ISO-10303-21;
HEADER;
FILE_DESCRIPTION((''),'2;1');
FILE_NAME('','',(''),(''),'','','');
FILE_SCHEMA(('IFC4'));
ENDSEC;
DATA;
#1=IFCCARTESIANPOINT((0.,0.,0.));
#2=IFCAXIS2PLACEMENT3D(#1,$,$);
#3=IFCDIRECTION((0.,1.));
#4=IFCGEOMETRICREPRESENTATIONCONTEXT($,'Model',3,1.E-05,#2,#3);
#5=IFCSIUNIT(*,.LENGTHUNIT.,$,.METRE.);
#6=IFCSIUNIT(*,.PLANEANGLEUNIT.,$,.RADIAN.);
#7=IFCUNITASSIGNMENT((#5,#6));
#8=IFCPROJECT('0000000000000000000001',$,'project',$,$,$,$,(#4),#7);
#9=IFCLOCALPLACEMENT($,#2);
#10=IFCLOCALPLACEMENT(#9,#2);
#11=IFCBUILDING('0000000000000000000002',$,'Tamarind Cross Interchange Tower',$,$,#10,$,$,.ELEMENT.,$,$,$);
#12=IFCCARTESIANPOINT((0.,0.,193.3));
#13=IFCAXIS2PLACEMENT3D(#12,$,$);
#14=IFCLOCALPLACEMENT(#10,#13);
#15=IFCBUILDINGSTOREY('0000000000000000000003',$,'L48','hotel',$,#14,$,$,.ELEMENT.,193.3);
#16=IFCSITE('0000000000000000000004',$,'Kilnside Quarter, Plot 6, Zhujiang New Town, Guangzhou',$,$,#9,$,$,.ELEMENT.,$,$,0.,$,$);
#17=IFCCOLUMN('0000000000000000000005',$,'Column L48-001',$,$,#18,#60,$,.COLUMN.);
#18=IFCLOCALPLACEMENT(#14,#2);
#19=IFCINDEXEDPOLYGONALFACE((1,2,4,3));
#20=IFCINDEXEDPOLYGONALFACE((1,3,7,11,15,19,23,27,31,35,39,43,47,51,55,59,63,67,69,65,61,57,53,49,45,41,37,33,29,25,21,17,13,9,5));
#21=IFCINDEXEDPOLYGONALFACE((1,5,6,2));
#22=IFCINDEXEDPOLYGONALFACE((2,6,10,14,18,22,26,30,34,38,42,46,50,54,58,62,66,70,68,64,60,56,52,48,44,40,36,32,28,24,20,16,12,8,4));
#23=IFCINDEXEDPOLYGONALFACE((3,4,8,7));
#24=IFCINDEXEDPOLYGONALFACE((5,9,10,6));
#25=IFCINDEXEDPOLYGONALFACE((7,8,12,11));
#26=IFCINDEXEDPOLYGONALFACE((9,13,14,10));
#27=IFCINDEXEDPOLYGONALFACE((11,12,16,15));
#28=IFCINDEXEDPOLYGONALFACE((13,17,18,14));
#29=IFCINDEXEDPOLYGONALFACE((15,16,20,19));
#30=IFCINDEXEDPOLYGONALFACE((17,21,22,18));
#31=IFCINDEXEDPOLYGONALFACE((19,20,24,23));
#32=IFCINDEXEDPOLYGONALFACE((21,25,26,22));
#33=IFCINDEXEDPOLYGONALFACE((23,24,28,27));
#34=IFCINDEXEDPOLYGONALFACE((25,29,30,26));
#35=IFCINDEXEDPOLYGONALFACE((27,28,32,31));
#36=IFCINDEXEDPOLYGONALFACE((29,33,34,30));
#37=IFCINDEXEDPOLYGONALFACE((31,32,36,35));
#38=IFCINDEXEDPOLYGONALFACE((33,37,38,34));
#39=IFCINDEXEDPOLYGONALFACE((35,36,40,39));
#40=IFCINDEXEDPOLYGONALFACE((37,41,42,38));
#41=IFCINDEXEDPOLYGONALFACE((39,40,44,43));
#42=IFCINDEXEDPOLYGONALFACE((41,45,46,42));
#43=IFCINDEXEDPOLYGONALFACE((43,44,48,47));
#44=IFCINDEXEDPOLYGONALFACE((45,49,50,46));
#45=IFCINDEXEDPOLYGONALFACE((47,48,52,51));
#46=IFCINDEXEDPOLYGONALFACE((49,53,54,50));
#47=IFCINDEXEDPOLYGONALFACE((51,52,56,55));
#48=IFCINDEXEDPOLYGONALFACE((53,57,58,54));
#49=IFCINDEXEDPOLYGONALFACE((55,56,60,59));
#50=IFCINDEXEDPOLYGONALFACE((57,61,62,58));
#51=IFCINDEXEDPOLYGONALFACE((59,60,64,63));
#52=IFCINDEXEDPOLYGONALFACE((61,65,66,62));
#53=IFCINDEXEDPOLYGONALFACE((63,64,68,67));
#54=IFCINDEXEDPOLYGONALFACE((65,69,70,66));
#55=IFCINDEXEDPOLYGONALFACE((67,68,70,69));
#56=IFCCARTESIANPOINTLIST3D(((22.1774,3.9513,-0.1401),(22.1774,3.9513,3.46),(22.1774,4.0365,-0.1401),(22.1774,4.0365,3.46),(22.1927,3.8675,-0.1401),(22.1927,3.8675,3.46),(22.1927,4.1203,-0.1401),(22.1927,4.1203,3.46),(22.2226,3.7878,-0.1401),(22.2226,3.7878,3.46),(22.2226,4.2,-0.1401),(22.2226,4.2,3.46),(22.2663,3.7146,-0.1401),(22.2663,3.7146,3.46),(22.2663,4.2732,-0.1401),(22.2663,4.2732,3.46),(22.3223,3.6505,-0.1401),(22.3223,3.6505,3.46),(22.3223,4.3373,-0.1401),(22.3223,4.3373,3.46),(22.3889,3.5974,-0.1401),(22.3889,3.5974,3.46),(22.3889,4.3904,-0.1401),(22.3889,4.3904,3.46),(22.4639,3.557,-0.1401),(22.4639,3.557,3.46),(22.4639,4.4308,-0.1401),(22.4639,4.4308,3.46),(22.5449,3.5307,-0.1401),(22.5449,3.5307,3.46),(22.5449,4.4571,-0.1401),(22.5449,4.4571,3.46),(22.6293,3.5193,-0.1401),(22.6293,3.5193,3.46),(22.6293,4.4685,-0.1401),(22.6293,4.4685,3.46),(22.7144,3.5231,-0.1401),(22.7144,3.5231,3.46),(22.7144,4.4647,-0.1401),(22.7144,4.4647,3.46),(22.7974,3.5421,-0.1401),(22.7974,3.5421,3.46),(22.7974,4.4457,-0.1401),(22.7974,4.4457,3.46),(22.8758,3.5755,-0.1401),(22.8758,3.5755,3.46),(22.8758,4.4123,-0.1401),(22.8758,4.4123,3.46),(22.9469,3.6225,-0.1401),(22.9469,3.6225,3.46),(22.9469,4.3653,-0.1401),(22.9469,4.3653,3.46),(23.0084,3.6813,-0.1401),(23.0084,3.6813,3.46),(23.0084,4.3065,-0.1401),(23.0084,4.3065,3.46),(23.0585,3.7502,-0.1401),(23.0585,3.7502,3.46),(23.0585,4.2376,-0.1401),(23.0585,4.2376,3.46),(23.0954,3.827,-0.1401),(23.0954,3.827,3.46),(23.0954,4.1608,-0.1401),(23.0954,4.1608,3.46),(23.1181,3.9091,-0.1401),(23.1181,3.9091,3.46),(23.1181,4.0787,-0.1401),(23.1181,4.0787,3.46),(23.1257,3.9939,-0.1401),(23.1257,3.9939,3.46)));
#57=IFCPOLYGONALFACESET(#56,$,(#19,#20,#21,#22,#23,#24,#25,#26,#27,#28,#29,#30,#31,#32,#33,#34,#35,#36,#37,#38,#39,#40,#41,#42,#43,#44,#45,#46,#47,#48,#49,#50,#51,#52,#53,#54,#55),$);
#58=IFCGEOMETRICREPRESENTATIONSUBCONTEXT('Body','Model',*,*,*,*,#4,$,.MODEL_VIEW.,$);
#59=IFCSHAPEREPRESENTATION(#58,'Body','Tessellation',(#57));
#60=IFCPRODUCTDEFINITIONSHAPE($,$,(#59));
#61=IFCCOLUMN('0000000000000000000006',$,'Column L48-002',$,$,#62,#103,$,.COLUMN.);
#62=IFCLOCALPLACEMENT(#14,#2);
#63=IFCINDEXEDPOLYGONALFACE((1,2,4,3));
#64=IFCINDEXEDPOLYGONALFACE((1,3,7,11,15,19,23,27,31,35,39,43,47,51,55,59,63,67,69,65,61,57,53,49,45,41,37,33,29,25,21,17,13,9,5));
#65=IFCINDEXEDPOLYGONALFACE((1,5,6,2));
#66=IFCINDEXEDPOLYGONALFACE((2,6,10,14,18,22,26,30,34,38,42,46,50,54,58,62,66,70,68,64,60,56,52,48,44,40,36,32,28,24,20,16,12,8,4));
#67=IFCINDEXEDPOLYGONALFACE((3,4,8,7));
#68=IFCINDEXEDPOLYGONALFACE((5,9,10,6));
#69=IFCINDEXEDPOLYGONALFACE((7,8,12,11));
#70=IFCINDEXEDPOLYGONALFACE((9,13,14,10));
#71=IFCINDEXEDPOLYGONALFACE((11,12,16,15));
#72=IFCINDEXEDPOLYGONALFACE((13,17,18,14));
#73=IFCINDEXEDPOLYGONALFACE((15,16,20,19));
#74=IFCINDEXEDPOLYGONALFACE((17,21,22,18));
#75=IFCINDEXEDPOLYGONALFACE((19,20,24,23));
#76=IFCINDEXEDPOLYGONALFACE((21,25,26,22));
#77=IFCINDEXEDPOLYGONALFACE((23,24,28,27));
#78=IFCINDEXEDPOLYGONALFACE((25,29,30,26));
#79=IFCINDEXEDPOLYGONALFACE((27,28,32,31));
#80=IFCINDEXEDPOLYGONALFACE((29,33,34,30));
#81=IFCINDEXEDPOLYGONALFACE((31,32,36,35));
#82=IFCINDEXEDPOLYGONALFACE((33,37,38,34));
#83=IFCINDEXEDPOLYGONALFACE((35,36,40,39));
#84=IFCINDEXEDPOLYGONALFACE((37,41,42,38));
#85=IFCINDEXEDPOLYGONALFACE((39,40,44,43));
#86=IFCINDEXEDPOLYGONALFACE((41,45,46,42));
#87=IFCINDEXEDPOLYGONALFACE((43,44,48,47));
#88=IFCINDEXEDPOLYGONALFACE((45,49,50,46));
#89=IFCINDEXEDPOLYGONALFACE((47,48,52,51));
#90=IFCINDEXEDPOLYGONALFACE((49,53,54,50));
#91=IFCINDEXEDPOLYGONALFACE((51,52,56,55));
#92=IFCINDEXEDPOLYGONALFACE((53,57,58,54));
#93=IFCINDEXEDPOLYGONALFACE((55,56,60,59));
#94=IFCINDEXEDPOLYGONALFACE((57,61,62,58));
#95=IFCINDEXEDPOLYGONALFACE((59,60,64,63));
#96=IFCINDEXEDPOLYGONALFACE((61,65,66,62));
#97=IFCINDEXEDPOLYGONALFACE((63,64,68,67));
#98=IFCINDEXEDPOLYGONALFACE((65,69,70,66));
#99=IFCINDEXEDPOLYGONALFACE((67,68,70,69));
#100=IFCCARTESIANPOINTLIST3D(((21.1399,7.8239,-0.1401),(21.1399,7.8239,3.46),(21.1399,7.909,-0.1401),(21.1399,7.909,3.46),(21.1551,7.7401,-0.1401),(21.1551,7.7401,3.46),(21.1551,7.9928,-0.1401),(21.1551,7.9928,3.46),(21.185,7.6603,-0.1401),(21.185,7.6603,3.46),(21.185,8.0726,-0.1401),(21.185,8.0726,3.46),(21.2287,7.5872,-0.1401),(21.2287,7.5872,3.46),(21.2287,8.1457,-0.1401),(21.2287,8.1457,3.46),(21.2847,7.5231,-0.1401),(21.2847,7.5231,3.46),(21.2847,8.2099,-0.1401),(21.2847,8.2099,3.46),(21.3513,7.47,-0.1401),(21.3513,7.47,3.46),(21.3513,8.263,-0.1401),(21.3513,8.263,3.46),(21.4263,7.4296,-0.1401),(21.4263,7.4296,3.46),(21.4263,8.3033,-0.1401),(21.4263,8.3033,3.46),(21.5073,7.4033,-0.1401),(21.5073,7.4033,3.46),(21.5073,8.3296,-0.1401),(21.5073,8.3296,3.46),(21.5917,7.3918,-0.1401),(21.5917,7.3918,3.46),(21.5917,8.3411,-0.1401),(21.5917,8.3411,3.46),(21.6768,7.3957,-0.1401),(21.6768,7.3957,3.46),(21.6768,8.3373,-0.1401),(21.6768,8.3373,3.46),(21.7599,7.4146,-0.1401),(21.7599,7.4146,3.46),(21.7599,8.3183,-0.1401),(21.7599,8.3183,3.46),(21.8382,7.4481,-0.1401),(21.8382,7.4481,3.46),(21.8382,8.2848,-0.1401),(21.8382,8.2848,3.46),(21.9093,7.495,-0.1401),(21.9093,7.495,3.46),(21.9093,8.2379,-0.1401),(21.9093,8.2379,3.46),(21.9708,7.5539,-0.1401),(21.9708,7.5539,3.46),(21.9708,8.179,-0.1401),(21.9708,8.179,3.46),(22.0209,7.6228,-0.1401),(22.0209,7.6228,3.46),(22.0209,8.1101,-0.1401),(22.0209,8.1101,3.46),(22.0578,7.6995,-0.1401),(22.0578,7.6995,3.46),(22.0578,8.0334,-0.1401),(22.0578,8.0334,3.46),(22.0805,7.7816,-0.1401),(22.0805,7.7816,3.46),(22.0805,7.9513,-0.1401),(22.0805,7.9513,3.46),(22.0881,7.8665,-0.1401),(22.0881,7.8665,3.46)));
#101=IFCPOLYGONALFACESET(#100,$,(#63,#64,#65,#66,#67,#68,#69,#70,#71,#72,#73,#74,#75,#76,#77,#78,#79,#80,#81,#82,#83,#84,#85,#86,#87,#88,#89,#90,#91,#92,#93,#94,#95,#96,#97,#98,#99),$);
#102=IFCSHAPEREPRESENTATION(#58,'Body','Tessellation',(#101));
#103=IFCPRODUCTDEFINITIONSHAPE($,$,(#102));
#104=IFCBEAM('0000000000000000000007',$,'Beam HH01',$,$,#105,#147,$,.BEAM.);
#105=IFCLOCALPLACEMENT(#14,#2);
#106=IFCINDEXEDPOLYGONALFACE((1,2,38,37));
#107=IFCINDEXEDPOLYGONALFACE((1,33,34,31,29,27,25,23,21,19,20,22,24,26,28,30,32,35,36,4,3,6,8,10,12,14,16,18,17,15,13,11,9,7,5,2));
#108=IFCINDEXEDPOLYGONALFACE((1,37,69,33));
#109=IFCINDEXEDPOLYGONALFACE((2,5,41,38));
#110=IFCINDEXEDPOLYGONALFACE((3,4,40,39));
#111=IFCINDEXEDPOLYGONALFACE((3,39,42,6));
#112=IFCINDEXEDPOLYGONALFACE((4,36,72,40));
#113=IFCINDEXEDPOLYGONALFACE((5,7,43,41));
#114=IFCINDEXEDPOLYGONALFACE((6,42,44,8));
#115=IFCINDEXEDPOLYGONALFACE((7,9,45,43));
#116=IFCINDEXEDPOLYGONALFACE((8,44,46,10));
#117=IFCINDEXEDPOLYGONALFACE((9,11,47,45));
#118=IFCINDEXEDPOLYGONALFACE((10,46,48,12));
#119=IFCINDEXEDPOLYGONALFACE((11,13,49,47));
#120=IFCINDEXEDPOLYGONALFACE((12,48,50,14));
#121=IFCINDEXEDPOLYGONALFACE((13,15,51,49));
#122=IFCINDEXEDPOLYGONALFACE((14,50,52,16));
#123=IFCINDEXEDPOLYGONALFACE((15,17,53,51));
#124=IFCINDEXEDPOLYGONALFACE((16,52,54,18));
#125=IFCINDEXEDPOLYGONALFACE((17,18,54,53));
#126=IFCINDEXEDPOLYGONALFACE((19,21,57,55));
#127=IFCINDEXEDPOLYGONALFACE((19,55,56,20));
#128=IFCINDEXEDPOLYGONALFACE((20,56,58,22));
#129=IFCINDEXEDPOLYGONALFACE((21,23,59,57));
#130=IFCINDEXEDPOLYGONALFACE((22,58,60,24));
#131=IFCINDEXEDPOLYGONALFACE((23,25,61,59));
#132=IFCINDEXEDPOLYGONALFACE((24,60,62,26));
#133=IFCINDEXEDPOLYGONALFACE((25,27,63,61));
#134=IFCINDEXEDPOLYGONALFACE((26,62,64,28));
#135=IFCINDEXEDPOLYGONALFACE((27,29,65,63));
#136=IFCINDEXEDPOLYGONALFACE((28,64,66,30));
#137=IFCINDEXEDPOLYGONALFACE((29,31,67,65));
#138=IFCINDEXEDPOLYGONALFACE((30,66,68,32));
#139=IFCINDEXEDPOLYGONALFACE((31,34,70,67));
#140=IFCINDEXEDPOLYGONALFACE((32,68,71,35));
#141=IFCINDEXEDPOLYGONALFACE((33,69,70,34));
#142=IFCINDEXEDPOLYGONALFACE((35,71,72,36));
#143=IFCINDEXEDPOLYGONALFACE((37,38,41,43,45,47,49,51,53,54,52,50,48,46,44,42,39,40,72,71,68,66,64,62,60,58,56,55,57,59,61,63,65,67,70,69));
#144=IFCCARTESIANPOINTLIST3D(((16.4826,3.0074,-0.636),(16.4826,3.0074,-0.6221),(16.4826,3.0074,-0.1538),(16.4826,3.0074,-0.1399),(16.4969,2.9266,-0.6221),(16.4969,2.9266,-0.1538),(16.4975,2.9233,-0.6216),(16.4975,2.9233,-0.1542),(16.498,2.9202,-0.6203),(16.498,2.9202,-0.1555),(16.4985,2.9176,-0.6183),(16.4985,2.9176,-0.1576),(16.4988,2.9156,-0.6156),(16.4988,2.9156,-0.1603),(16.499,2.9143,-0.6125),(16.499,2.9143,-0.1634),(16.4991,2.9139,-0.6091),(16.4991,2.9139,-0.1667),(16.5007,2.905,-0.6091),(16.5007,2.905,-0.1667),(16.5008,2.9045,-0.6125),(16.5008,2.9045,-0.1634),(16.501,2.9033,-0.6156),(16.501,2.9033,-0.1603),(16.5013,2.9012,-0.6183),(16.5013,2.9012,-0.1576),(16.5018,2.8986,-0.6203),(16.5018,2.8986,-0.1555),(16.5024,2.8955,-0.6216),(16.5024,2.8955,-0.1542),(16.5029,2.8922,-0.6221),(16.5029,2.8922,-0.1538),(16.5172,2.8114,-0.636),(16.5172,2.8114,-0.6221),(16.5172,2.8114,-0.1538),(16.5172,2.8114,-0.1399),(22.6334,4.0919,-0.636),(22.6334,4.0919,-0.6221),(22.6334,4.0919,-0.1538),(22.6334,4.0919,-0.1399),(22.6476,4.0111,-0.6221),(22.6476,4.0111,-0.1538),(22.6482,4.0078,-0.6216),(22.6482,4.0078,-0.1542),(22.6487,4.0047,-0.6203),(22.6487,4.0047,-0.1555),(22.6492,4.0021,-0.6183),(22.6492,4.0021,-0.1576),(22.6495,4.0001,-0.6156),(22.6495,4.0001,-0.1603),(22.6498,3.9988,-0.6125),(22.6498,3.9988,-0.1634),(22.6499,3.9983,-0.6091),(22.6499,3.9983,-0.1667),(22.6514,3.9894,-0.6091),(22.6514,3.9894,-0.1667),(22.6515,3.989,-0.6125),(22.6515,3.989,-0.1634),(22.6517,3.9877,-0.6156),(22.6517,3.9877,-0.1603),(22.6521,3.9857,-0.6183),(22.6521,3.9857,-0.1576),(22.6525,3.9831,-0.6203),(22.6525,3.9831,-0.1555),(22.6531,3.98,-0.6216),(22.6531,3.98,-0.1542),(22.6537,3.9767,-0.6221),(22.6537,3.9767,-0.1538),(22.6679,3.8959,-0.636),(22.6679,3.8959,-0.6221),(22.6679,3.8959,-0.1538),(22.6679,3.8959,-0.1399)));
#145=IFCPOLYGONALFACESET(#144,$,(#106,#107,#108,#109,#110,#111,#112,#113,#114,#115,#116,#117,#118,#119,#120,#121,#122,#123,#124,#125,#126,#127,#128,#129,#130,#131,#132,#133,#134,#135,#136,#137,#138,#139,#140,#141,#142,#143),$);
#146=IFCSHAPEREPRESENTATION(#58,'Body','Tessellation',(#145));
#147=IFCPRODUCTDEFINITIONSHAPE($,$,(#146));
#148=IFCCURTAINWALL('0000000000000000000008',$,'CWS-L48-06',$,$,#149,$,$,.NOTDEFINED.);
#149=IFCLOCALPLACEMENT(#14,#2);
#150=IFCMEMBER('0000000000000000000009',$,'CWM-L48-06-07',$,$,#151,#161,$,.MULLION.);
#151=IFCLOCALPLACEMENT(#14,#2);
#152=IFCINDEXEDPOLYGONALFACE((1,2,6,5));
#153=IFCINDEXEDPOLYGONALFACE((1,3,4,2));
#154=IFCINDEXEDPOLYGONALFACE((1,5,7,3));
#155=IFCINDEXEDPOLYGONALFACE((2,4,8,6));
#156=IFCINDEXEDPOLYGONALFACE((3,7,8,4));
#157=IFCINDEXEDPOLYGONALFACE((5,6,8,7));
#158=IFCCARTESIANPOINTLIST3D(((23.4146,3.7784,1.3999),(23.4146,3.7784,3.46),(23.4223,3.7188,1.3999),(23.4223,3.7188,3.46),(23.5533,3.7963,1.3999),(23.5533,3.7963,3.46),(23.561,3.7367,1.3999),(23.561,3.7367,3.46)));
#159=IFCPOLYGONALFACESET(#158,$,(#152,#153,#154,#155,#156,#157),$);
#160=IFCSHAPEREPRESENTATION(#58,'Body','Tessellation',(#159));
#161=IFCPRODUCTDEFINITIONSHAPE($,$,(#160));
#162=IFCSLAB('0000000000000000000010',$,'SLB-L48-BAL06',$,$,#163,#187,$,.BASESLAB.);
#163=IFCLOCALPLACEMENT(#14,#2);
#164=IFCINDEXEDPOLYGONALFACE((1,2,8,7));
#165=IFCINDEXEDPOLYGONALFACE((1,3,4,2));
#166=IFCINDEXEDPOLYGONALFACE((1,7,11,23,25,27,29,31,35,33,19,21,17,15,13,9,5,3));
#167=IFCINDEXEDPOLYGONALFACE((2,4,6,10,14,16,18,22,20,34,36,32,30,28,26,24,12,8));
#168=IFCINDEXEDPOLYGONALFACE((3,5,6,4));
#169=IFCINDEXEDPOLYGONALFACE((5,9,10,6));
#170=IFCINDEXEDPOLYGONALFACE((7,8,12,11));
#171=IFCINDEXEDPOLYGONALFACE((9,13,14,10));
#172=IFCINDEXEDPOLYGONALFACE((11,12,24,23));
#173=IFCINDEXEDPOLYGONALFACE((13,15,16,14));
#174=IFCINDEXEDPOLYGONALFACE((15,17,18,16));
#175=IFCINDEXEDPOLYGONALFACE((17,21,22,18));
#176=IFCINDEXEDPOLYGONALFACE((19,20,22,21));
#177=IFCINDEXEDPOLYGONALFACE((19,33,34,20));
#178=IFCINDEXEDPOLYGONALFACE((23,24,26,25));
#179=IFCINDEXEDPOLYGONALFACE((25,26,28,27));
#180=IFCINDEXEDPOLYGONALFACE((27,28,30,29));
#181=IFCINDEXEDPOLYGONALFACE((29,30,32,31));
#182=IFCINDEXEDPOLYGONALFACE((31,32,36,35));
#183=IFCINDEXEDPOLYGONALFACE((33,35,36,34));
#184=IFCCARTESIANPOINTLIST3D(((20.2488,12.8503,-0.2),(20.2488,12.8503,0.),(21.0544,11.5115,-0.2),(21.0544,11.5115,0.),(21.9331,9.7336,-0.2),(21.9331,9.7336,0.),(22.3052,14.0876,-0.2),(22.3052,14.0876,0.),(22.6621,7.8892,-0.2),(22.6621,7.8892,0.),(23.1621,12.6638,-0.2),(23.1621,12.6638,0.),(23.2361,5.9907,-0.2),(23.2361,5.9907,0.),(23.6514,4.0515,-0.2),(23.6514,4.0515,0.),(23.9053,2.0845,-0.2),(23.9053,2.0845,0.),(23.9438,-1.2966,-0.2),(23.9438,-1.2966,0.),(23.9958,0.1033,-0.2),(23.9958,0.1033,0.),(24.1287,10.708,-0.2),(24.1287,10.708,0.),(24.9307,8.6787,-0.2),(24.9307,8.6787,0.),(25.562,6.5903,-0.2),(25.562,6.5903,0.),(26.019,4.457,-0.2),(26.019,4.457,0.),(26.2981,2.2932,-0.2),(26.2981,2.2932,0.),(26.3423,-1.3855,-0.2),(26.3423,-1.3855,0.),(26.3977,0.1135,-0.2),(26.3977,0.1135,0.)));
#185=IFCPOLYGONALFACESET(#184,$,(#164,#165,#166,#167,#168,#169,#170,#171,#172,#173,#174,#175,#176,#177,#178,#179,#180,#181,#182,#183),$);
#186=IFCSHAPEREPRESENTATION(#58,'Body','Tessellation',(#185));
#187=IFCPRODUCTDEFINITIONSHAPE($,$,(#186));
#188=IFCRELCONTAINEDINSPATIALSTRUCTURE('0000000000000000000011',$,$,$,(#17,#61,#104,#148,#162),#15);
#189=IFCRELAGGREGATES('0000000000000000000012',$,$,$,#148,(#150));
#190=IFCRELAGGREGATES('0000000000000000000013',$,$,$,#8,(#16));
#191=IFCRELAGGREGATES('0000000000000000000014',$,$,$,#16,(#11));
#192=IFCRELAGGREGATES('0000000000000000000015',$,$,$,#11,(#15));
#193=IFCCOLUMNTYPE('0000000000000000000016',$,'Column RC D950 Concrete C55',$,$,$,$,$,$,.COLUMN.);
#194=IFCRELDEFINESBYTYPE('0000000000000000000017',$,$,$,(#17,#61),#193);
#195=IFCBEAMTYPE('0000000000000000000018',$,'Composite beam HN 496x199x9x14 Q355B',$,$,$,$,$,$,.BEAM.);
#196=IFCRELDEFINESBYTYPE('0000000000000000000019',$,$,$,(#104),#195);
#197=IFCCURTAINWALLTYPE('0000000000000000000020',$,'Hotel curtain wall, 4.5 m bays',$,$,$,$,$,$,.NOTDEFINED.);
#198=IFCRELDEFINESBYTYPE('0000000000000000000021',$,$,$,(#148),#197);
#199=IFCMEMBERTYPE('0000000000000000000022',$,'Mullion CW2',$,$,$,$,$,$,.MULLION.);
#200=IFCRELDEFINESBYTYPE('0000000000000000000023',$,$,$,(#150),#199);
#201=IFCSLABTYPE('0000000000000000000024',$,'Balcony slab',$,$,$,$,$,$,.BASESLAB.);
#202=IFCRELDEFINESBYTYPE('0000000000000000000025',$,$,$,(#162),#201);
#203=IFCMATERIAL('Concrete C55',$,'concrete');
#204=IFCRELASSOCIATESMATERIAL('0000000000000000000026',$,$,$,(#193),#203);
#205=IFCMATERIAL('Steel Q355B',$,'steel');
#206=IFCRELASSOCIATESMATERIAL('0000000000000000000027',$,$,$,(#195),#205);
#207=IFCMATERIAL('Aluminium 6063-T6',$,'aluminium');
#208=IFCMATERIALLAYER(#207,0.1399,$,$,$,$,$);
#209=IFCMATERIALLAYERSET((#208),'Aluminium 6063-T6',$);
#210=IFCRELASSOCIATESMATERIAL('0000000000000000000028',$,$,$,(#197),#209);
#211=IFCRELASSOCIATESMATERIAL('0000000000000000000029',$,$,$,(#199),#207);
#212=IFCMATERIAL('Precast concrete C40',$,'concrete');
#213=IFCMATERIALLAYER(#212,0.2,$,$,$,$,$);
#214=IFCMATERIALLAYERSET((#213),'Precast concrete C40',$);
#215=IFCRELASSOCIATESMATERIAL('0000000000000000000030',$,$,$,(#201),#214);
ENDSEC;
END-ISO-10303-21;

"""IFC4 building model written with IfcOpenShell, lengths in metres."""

from ifc_helpers import new_model, si_unit, direction, frame, origin, origin_2d, place, context, subcontext, project, spatial, polyline, rectangle, circle, i_section, outline, extrude, material, layer, layer_set, material_profile, profile_set, type_object, element, aggregate, save


model = new_model("IFC4")

# Units and contexts
model_context = context("Model", 3, precision=1e-05, world=origin(), true_north=direction((0.0, 1.0)))
body_context = subcontext(model_context, "Body", "Model", "MODEL_VIEW")
ifc_project = project(units=[si_unit("LENGTHUNIT", "METRE"), si_unit("PLANEANGLEUNIT", "RADIAN")], contexts=[model_context])

# Site, building, storey
site_placement = place(None, origin())
site = spatial("IfcSite", under=ifc_project, at=site_placement, Name="Kilnside Quarter, Plot 6, Zhujiang New Town, Guangzhou", CompositionType="ELEMENT", RefElevation=0.0)
building_placement = place(site_placement, origin())
building = spatial("IfcBuilding", under=site, at=building_placement, Name="Tamarind Cross Interchange Tower", CompositionType="ELEMENT")
storey_placement = place(building_placement, frame((0.0, 0.0, 193.3)))
storey = spatial("IfcBuildingStorey", under=building, at=storey_placement, Name="L48", Description="hotel", CompositionType="ELEMENT", Elevation=193.3)

# Columns
ifc_material_1 = material(Name="Concrete C55", Category="concrete")
ifc_material_profile_1 = material_profile(ifc_material_1, circle(Radius=0.4751, at=origin_2d()), Name="RC D950")
ifc_profile_set_1 = profile_set([ifc_material_profile_1], Name="Concrete C55")
column_type = type_object("IfcColumnType", Name="Column RC D950 Concrete C55", PredefinedType="COLUMN", material=ifc_profile_set_1)
for number, where, z_axis, x_axis, name in (
    (1, (22.6506, 3.9939, -0.1401), (0.0, 0.0, 1.0), (1.0, 0.0, 0.0), "Column L48-001"),
    (2, (21.613, 7.8665, -0.1401), (0.0, 0.0, 1.0), (1.0, 0.0, 0.0), "Column L48-002"),
):
    element("IfcColumn", number, at=place(storey_placement, frame(where, z_axis=z_axis, x_axis=x_axis)), inside=storey, type_object=column_type, Name=name, PredefinedType="COLUMN", context=body_context, shape_type="SweptSolid", body=[
        extrude(circle(Radius=0.4751, at=origin_2d()), origin(), (0.0, 0.0, 1.0), 3.6001),
    ])

# Beam
ifc_material_2 = material(Name="Steel Q355B", Category="steel")
ifc_material_profile_2 = material_profile(ifc_material_2, i_section(OverallWidth=0.199, OverallDepth=0.4961, WebThickness=0.009, FlangeThickness=0.0139, FilletRadius=0.0129, at=origin_2d()), Name="HN 496x199x9x14")
ifc_profile_set_2 = profile_set([ifc_material_profile_2], Name="Steel Q355B")
beam_type = type_object("IfcBeamType", Name="Composite beam HN 496x199x9x14 Q355B", PredefinedType="BEAM", material=ifc_profile_set_2)
beam_placement = place(storey_placement, frame((22.6506, 3.9939, -0.3879), z_axis=(-0.984809, -0.17364, 0.0), x_axis=(0.17364, -0.984809, 0.0)))
element("IfcBeam", 3, at=beam_placement, inside=storey, type_object=beam_type, Name="Beam HH01", PredefinedType="BEAM", context=body_context, shape_type="SweptSolid", body=[
    extrude(i_section(OverallWidth=0.199, OverallDepth=0.4961, WebThickness=0.009, FlangeThickness=0.0139, FilletRadius=0.0129, at=origin_2d()), origin(), (0.0, 0.0, 1.0), 6.2456),
])

# Curtain wall, member
ifc_material_3 = material(Name="Aluminium 6063-T6", Category="aluminium")
ifc_layer_1 = layer(ifc_material_3, 0.1399)
ifc_layer_set_1 = layer_set([ifc_layer_1], Name="Aluminium 6063-T6")
curtain_wall_type = type_object("IfcCurtainWallType", Name="Hotel curtain wall, 4.5 m bays", PredefinedType="NOTDEFINED", material=ifc_layer_set_1)
curtain_wall_placement = place(storey_placement, origin())
curtain_wall = element("IfcCurtainWall", 4, at=curtain_wall_placement, inside=storey, type_object=curtain_wall_type, Name="CWS-L48-06", PredefinedType="NOTDEFINED")
ifc_material_profile_3 = material_profile(ifc_material_3, rectangle(XDim=0.0601, YDim=0.1399, at=origin_2d()), Name="Mullion CW2")
ifc_profile_set_3 = profile_set([ifc_material_profile_3], Name="Aluminium 6063-T6")
member_type = type_object("IfcMemberType", Name="Mullion CW2", PredefinedType="MULLION", material=ifc_profile_set_3)
member_placement = place(storey_placement, frame((23.4878, 3.7576, 1.3999), z_axis=(0.0, 0.0, 1.0), x_axis=(-0.127962, 0.991779, 0.0)))
member = element("IfcMember", 5, at=member_placement, type_object=member_type, Name="CWM-L48-06-07", PredefinedType="MULLION", context=body_context, shape_type="SweptSolid", body=[
    extrude(rectangle(XDim=0.0601, YDim=0.1399, at=origin_2d()), origin(), (0.0, 0.0, 1.0), 2.0601),
])
aggregate(curtain_wall, [member])

# Slab
ifc_material_4 = material(Name="Precast concrete C40", Category="concrete")
ifc_layer_2 = layer(ifc_material_4, 0.2)
ifc_layer_set_2 = layer_set([ifc_layer_2], Name="Precast concrete C40")
slab_type_1 = type_object("IfcSlabType", Name="Balcony slab", PredefinedType="BASESLAB", material=ifc_layer_set_2)
slab_1_placement = place(storey_placement, frame((0.0, 0.0, -0.2)))
element("IfcSlab", 6, at=slab_1_placement, inside=storey, type_object=slab_type_1, Name="SLB-L48-BAL06", PredefinedType="BASESLAB", context=body_context, shape_type="SweptSolid", body=[
    extrude(outline(polyline([(23.9438, -1.2966), (23.9958, 0.1033), (23.9053, 2.0845), (23.6514, 4.0515), (23.2361, 5.9907), (22.6621, 7.8892), (21.9331, 9.7336), (21.0544, 11.5115), (20.2488, 12.8503), (22.3052, 14.0876), (23.1621, 12.6638), (24.1287, 10.708), (24.9307, 8.6787), (25.562, 6.5903), (26.019, 4.457), (26.2981, 2.2932), (26.3977, 0.1135), (26.3423, -1.3855), (23.9438, -1.2966)])), origin(), (0.0, 0.0, 1.0), 0.2),
])

save(model, "model.ifc")
